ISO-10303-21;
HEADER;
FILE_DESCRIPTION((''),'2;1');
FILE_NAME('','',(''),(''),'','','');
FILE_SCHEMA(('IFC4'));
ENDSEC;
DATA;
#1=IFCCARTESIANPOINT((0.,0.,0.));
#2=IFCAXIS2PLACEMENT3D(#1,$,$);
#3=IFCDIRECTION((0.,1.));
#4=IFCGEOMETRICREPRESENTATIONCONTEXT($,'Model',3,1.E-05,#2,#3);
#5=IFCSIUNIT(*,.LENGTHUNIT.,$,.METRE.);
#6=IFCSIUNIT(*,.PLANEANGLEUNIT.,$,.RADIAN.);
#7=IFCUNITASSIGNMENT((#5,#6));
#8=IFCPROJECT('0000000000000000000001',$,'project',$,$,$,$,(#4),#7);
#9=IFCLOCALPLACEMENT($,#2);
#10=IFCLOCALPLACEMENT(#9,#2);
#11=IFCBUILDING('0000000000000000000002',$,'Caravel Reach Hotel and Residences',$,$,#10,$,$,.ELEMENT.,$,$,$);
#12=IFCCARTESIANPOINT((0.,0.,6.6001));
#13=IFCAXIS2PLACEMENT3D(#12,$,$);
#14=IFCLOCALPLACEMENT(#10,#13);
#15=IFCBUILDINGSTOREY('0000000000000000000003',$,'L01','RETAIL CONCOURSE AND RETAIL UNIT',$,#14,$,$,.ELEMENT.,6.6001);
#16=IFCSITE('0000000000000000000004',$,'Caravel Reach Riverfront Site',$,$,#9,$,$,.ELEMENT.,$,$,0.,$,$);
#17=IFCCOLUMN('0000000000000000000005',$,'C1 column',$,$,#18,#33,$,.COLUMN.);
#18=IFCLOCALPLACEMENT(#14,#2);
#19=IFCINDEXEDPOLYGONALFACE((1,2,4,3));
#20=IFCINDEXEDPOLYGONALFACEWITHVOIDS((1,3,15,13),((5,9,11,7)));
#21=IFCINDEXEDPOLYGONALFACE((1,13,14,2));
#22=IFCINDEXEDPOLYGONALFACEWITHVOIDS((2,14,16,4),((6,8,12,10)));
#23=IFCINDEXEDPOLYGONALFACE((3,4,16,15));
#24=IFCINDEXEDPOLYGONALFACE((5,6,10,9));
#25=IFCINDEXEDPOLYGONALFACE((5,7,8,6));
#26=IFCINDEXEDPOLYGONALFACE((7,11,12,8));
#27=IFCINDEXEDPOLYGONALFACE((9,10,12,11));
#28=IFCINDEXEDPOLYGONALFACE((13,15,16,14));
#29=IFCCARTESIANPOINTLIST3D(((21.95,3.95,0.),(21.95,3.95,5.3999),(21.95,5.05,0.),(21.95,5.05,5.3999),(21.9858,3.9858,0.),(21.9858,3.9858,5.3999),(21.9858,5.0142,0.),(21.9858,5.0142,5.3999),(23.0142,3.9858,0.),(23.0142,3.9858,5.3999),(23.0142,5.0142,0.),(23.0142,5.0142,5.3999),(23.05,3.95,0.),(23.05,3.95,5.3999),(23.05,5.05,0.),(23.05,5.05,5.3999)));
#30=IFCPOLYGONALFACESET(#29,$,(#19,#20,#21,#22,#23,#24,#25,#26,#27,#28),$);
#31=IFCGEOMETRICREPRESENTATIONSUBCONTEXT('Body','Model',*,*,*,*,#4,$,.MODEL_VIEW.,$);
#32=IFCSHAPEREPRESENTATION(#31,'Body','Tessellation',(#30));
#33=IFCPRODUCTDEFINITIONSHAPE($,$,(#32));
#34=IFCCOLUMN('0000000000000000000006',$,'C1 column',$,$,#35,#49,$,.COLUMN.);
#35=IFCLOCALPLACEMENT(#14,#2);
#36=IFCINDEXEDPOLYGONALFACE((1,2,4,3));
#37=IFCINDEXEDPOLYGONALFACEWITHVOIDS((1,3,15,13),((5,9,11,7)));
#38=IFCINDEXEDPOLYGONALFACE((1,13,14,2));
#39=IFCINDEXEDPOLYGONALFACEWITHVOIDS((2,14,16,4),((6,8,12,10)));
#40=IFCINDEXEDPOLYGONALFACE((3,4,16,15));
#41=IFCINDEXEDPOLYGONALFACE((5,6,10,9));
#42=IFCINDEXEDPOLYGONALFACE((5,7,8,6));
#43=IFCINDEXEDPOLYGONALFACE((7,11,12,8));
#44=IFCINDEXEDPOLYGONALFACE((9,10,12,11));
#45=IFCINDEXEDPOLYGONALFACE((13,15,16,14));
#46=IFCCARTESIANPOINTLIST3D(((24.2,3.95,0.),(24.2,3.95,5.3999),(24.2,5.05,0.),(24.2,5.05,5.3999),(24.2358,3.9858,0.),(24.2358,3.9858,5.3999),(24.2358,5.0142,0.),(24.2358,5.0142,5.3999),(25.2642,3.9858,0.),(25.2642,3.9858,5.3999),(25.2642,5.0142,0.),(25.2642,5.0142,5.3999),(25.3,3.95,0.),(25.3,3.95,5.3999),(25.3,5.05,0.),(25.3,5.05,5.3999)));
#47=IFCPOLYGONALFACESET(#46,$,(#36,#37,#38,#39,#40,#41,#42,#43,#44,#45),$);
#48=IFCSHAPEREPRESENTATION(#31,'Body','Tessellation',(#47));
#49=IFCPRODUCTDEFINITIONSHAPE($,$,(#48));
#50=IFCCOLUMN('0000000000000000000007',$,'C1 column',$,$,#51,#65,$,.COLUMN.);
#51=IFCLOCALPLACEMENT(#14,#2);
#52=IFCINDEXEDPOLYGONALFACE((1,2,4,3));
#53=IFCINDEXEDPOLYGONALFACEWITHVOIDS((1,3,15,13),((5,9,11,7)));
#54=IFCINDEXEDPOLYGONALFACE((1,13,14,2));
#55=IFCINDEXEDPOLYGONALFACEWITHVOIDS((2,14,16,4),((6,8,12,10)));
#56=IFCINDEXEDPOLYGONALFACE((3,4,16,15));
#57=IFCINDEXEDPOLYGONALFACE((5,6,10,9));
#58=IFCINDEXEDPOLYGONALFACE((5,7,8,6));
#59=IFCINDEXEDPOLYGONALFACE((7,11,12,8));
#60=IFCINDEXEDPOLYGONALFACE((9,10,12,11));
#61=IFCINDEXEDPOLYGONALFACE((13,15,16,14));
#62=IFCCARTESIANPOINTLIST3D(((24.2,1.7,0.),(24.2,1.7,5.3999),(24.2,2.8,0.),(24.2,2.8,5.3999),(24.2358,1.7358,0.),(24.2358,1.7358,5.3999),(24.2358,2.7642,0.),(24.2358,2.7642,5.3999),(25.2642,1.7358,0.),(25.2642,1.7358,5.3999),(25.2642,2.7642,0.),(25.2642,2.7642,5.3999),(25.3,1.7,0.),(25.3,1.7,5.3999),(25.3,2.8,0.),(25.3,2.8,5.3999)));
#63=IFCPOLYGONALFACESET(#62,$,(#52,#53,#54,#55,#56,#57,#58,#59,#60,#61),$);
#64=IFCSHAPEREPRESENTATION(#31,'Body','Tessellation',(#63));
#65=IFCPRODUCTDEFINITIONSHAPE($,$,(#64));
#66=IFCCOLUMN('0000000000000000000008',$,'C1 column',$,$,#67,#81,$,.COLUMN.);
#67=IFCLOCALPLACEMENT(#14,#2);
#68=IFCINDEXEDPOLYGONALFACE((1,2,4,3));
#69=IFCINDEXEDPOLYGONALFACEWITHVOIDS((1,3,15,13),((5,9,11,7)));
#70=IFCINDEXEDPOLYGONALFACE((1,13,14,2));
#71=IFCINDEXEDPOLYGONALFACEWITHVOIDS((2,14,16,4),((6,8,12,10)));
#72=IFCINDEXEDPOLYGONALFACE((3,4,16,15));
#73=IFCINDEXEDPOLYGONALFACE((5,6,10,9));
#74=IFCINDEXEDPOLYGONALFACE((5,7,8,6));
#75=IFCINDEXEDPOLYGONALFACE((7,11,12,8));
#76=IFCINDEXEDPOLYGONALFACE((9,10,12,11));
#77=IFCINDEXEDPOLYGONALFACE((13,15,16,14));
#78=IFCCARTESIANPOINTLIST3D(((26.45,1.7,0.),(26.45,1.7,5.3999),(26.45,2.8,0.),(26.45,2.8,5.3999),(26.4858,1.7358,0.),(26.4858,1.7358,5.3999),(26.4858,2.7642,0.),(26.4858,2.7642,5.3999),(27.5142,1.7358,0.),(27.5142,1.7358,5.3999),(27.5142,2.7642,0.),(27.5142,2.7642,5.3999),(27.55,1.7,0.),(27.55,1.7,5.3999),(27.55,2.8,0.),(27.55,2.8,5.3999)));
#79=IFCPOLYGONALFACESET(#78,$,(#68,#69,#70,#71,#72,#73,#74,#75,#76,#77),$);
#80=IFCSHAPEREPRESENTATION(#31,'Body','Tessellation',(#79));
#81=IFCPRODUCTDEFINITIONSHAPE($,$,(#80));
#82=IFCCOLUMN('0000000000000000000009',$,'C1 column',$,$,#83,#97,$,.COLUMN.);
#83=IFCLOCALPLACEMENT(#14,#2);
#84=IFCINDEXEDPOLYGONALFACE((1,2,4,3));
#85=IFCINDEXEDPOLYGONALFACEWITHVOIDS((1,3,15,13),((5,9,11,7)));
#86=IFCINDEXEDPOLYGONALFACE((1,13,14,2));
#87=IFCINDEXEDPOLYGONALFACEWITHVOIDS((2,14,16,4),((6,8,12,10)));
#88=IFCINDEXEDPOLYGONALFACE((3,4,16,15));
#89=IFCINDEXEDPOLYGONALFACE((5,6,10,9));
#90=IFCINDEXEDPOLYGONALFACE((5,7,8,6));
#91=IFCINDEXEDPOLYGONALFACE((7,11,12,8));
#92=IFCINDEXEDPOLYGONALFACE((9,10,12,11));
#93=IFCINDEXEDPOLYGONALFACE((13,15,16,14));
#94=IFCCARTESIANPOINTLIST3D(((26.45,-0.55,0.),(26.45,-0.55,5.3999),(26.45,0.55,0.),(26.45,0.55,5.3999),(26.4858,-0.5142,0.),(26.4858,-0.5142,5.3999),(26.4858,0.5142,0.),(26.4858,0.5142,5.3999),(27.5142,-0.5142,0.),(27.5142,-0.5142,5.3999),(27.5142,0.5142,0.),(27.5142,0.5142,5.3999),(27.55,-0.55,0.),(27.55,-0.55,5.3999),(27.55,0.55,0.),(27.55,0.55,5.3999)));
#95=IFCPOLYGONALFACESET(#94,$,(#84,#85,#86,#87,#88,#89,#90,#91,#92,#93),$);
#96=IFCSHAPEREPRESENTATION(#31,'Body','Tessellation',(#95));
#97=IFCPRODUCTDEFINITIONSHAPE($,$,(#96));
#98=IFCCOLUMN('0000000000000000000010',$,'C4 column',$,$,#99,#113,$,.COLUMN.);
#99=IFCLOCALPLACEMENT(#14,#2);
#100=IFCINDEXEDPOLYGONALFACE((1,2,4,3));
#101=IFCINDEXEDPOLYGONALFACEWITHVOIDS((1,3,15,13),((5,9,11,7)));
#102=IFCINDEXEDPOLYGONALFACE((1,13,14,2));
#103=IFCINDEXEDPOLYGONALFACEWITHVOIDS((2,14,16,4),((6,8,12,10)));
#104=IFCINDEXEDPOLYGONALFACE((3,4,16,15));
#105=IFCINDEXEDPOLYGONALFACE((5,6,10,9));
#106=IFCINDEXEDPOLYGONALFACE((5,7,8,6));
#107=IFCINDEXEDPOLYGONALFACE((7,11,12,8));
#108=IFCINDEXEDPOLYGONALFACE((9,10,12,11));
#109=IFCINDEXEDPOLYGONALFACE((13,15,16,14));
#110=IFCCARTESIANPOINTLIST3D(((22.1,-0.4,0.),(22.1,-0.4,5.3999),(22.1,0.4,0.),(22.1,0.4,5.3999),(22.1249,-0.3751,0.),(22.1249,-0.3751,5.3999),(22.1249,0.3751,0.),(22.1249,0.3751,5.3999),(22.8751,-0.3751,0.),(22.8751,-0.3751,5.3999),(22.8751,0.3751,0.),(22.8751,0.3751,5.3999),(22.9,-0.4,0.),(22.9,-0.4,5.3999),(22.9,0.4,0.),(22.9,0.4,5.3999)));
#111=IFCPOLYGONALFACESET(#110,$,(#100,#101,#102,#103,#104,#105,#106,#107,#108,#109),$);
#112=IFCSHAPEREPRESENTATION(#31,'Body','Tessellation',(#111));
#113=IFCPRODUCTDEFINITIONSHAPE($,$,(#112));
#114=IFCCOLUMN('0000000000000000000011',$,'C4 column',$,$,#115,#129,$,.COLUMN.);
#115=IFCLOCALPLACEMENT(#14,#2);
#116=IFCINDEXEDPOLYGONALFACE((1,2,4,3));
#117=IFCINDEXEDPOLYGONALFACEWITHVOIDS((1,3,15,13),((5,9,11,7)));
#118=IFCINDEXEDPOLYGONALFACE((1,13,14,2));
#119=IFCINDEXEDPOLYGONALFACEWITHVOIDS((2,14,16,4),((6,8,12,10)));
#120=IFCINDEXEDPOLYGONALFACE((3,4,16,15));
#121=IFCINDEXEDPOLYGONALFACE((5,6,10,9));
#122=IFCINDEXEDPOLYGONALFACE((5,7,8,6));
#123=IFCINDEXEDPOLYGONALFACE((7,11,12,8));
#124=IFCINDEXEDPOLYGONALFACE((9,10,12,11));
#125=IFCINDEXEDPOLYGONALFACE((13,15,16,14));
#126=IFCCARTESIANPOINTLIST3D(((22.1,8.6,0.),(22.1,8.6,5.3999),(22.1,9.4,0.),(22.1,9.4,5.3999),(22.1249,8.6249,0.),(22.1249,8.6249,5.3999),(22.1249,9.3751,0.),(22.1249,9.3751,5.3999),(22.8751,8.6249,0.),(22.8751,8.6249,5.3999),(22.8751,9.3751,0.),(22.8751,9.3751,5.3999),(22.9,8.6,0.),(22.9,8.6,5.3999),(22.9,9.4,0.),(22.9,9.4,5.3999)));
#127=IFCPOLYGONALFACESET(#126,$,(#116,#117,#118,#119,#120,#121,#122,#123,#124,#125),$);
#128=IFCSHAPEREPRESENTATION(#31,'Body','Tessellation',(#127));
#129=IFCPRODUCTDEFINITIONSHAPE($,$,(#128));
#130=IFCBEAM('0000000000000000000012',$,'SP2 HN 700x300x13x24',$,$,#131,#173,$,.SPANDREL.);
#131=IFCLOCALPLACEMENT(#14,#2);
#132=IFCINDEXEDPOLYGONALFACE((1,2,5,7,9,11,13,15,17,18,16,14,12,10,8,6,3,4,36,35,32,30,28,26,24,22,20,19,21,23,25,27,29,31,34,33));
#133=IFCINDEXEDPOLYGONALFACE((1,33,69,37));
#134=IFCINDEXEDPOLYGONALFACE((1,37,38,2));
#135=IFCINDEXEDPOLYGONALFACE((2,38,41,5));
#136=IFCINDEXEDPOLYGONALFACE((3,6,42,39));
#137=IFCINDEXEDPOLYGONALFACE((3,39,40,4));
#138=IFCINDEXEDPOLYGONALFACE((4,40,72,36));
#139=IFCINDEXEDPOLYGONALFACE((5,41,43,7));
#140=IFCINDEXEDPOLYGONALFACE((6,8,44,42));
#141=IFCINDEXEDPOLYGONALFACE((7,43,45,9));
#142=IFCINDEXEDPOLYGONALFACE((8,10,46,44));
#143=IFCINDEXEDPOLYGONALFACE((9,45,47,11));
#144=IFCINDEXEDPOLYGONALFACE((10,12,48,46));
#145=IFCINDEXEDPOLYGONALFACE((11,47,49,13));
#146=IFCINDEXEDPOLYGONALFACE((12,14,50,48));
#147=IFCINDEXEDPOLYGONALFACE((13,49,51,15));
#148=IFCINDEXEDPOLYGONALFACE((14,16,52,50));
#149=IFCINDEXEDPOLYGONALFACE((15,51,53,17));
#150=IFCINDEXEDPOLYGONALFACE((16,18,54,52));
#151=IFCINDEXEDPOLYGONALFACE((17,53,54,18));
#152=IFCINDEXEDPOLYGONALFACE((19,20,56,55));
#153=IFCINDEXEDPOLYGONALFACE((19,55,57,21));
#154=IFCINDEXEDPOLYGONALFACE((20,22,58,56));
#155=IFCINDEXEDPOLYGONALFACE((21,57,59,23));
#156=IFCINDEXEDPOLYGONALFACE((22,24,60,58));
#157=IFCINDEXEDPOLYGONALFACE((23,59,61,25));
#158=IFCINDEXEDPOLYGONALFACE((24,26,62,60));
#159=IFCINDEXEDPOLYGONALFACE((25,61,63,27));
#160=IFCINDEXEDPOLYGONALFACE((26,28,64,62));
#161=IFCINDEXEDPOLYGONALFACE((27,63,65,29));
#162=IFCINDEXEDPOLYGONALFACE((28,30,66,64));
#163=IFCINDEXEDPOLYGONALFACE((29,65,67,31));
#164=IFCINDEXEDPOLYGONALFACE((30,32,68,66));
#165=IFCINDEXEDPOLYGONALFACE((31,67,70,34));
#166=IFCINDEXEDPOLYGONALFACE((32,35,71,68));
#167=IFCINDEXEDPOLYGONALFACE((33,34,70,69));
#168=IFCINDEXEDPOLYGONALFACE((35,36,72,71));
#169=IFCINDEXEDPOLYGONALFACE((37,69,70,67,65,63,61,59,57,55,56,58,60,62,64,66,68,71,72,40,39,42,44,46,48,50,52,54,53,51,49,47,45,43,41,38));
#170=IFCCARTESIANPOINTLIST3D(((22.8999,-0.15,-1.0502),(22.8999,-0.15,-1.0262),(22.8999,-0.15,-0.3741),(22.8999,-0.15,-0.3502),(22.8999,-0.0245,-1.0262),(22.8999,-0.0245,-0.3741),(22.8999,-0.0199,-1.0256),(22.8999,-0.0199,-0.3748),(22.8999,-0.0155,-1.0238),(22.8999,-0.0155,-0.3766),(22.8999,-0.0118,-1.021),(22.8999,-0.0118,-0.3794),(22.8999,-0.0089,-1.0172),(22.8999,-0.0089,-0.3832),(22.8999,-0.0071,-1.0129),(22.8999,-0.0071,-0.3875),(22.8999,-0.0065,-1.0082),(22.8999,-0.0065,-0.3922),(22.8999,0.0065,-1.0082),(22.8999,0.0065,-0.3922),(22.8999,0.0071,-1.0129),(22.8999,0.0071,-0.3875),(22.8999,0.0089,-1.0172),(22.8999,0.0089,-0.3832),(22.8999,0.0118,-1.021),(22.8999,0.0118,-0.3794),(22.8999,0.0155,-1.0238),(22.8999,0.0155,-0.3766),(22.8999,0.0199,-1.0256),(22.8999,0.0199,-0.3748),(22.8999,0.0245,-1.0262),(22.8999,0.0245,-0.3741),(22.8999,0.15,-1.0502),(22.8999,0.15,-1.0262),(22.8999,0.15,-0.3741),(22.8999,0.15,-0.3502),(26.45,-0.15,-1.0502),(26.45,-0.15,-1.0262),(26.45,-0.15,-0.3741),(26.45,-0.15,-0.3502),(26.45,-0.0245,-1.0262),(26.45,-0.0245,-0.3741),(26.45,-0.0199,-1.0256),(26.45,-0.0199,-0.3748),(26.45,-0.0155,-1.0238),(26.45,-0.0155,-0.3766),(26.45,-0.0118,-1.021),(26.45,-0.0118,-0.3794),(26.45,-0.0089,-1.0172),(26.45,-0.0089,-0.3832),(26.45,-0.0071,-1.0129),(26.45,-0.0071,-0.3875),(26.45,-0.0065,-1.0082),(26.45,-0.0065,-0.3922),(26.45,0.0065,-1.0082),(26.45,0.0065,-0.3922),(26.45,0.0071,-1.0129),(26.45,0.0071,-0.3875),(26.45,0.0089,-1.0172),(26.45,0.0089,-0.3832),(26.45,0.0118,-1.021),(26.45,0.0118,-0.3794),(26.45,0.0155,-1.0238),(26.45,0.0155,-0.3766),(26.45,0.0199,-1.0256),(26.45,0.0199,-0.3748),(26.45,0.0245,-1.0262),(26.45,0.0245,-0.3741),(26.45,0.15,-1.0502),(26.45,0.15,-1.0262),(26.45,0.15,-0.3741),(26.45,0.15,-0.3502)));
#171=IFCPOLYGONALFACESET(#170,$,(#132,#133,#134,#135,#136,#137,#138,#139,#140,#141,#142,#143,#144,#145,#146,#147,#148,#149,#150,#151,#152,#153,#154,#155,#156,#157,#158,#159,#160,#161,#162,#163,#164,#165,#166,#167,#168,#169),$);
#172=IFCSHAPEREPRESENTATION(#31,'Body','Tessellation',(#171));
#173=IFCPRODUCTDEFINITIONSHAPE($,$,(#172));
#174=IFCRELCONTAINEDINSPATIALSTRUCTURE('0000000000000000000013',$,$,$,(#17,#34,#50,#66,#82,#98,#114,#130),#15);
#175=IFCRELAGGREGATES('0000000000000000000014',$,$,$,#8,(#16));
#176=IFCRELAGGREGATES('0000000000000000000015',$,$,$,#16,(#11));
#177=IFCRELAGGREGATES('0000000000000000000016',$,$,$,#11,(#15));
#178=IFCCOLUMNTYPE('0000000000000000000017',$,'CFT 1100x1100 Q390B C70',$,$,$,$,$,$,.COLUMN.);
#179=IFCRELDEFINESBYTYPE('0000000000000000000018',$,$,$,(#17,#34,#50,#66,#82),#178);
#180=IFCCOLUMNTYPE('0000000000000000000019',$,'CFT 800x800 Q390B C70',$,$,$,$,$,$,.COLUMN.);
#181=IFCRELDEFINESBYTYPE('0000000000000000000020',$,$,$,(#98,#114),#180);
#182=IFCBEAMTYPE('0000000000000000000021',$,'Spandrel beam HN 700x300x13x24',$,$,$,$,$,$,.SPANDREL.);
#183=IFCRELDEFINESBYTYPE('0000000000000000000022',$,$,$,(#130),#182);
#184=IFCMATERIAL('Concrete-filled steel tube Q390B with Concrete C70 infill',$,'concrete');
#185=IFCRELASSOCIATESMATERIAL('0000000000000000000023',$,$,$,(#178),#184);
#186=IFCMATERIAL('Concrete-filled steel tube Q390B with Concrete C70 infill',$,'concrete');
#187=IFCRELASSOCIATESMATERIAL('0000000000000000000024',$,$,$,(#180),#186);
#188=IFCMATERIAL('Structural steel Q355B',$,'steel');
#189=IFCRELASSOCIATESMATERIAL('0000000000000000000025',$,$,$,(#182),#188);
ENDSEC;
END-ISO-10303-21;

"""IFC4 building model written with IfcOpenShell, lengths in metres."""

from ifc_helpers import new_model, si_unit, direction, frame, origin, origin_2d, place, context, subcontext, project, spatial, hollow_rectangle, i_section, extrude, material, material_profile, profile_set, type_object, element, save


model = new_model("IFC4")

# Units and contexts
model_context = context("Model", 3, precision=1e-05, world=origin(), true_north=direction((0.0, 1.0)))
body_context = subcontext(model_context, "Body", "Model", "MODEL_VIEW")
ifc_project = project(units=[si_unit("LENGTHUNIT", "METRE"), si_unit("PLANEANGLEUNIT", "RADIAN")], contexts=[model_context])

# Site, building, storey
site_placement = place(None, origin())
site = spatial("IfcSite", under=ifc_project, at=site_placement, Name="Caravel Reach Riverfront Site", CompositionType="ELEMENT", RefElevation=0.0)
building_placement = place(site_placement, origin())
building = spatial("IfcBuilding", under=site, at=building_placement, Name="Caravel Reach Hotel and Residences", CompositionType="ELEMENT")
storey_placement = place(building_placement, frame((0.0, 0.0, 6.6001)))
storey = spatial("IfcBuildingStorey", under=building, at=storey_placement, Name="L01", Description="RETAIL CONCOURSE AND RETAIL UNIT", CompositionType="ELEMENT", Elevation=6.6001)

# Columns
ifc_material_1 = material(Name="Concrete-filled steel tube Q390B with Concrete C70 infill", Category="concrete")
ifc_material_profile_1 = material_profile(ifc_material_1, hollow_rectangle(XDim=1.1001, YDim=1.1001, WallThickness=0.0359, at=origin_2d()), Name="RHS 1100x1100x36")
ifc_profile_set_1 = profile_set([ifc_material_profile_1], Name="Concrete-filled steel tube Q390B with Concrete C70 infill")
column_type_1 = type_object("IfcColumnType", Name="CFT 1100x1100 Q390B C70", PredefinedType="COLUMN", material=ifc_profile_set_1)
for number, where, z_axis, x_axis, name in (
    (1, (22.5, 4.5, 0.0), (0.0, 0.0, 1.0), (1.0, 0.0, 0.0), "C1 column"),
    (2, (24.75, 4.5, 0.0), (0.0, 0.0, 1.0), (1.0, 0.0, 0.0), "C1 column"),
    (3, (24.75, 2.25, 0.0), (0.0, 0.0, 1.0), (1.0, 0.0, 0.0), "C1 column"),
    (4, (27.0, 2.25, 0.0), (0.0, 0.0, 1.0), (1.0, 0.0, 0.0), "C1 column"),
    (5, (27.0, 0.0, 0.0), (0.0, 0.0, 1.0), (1.0, 0.0, 0.0), "C1 column"),
):
    element("IfcColumn", number, at=place(storey_placement, frame(where, z_axis=z_axis, x_axis=x_axis)), inside=storey, type_object=column_type_1, Name=name, PredefinedType="COLUMN", context=body_context, shape_type="SweptSolid", body=[
        extrude(hollow_rectangle(XDim=1.1001, YDim=1.1001, WallThickness=0.0359, at=origin_2d()), origin(), (0.0, 0.0, 1.0), 5.3999),
    ])
ifc_material_2 = material(Name="Concrete-filled steel tube Q390B with Concrete C70 infill", Category="concrete")
ifc_material_profile_2 = material_profile(ifc_material_2, hollow_rectangle(XDim=0.8, YDim=0.8, WallThickness=0.0249, at=origin_2d()), Name="RHS 800x800x25")
ifc_profile_set_2 = profile_set([ifc_material_profile_2], Name="Concrete-filled steel tube Q390B with Concrete C70 infill")
column_type_2 = type_object("IfcColumnType", Name="CFT 800x800 Q390B C70", PredefinedType="COLUMN", material=ifc_profile_set_2)
for number, where, z_axis, x_axis, name in (
    (6, (22.5, 0.0, 0.0), (0.0, 0.0, 1.0), (1.0, 0.0, 0.0), "C4 column"),
    (7, (22.5, 9.0, 0.0), (0.0, 0.0, 1.0), (1.0, 0.0, 0.0), "C4 column"),
):
    element("IfcColumn", number, at=place(storey_placement, frame(where, z_axis=z_axis, x_axis=x_axis)), inside=storey, type_object=column_type_2, Name=name, PredefinedType="COLUMN", context=body_context, shape_type="SweptSolid", body=[
        extrude(hollow_rectangle(XDim=0.8, YDim=0.8, WallThickness=0.0249, at=origin_2d()), origin(), (0.0, 0.0, 1.0), 5.3999),
    ])

# Beam
ifc_material_3 = material(Name="Structural steel Q355B", Category="steel")
ifc_material_profile_3 = material_profile(ifc_material_3, i_section(OverallWidth=0.3, OverallDepth=0.7, WebThickness=0.0129, FlangeThickness=0.0239, FilletRadius=0.0181, at=origin_2d()), Name="HN 700x300x13x24")
ifc_profile_set_3 = profile_set([ifc_material_profile_3], Name="Structural steel Q355B")
beam_type = type_object("IfcBeamType", Name="Spandrel beam HN 700x300x13x24", PredefinedType="SPANDREL", material=ifc_profile_set_3)
for number, where, z_axis, x_axis, name in (
    (8, (22.8999, 0.0, -0.7002), (1.0, 0.0, 0.0), (0.0, 1.0, 0.0), "SP2 HN 700x300x13x24"),
):
    element("IfcBeam", number, at=place(storey_placement, frame(where, z_axis=z_axis, x_axis=x_axis)), inside=storey, type_object=beam_type, Name=name, PredefinedType="SPANDREL", context=body_context, shape_type="SweptSolid", body=[
        extrude(i_section(OverallWidth=0.3, OverallDepth=0.7, WebThickness=0.0129, FlangeThickness=0.0239, FilletRadius=0.0181, at=origin_2d()), origin(), (0.0, 0.0, 1.0), 3.55),
    ])

save(model, "model.ifc")
